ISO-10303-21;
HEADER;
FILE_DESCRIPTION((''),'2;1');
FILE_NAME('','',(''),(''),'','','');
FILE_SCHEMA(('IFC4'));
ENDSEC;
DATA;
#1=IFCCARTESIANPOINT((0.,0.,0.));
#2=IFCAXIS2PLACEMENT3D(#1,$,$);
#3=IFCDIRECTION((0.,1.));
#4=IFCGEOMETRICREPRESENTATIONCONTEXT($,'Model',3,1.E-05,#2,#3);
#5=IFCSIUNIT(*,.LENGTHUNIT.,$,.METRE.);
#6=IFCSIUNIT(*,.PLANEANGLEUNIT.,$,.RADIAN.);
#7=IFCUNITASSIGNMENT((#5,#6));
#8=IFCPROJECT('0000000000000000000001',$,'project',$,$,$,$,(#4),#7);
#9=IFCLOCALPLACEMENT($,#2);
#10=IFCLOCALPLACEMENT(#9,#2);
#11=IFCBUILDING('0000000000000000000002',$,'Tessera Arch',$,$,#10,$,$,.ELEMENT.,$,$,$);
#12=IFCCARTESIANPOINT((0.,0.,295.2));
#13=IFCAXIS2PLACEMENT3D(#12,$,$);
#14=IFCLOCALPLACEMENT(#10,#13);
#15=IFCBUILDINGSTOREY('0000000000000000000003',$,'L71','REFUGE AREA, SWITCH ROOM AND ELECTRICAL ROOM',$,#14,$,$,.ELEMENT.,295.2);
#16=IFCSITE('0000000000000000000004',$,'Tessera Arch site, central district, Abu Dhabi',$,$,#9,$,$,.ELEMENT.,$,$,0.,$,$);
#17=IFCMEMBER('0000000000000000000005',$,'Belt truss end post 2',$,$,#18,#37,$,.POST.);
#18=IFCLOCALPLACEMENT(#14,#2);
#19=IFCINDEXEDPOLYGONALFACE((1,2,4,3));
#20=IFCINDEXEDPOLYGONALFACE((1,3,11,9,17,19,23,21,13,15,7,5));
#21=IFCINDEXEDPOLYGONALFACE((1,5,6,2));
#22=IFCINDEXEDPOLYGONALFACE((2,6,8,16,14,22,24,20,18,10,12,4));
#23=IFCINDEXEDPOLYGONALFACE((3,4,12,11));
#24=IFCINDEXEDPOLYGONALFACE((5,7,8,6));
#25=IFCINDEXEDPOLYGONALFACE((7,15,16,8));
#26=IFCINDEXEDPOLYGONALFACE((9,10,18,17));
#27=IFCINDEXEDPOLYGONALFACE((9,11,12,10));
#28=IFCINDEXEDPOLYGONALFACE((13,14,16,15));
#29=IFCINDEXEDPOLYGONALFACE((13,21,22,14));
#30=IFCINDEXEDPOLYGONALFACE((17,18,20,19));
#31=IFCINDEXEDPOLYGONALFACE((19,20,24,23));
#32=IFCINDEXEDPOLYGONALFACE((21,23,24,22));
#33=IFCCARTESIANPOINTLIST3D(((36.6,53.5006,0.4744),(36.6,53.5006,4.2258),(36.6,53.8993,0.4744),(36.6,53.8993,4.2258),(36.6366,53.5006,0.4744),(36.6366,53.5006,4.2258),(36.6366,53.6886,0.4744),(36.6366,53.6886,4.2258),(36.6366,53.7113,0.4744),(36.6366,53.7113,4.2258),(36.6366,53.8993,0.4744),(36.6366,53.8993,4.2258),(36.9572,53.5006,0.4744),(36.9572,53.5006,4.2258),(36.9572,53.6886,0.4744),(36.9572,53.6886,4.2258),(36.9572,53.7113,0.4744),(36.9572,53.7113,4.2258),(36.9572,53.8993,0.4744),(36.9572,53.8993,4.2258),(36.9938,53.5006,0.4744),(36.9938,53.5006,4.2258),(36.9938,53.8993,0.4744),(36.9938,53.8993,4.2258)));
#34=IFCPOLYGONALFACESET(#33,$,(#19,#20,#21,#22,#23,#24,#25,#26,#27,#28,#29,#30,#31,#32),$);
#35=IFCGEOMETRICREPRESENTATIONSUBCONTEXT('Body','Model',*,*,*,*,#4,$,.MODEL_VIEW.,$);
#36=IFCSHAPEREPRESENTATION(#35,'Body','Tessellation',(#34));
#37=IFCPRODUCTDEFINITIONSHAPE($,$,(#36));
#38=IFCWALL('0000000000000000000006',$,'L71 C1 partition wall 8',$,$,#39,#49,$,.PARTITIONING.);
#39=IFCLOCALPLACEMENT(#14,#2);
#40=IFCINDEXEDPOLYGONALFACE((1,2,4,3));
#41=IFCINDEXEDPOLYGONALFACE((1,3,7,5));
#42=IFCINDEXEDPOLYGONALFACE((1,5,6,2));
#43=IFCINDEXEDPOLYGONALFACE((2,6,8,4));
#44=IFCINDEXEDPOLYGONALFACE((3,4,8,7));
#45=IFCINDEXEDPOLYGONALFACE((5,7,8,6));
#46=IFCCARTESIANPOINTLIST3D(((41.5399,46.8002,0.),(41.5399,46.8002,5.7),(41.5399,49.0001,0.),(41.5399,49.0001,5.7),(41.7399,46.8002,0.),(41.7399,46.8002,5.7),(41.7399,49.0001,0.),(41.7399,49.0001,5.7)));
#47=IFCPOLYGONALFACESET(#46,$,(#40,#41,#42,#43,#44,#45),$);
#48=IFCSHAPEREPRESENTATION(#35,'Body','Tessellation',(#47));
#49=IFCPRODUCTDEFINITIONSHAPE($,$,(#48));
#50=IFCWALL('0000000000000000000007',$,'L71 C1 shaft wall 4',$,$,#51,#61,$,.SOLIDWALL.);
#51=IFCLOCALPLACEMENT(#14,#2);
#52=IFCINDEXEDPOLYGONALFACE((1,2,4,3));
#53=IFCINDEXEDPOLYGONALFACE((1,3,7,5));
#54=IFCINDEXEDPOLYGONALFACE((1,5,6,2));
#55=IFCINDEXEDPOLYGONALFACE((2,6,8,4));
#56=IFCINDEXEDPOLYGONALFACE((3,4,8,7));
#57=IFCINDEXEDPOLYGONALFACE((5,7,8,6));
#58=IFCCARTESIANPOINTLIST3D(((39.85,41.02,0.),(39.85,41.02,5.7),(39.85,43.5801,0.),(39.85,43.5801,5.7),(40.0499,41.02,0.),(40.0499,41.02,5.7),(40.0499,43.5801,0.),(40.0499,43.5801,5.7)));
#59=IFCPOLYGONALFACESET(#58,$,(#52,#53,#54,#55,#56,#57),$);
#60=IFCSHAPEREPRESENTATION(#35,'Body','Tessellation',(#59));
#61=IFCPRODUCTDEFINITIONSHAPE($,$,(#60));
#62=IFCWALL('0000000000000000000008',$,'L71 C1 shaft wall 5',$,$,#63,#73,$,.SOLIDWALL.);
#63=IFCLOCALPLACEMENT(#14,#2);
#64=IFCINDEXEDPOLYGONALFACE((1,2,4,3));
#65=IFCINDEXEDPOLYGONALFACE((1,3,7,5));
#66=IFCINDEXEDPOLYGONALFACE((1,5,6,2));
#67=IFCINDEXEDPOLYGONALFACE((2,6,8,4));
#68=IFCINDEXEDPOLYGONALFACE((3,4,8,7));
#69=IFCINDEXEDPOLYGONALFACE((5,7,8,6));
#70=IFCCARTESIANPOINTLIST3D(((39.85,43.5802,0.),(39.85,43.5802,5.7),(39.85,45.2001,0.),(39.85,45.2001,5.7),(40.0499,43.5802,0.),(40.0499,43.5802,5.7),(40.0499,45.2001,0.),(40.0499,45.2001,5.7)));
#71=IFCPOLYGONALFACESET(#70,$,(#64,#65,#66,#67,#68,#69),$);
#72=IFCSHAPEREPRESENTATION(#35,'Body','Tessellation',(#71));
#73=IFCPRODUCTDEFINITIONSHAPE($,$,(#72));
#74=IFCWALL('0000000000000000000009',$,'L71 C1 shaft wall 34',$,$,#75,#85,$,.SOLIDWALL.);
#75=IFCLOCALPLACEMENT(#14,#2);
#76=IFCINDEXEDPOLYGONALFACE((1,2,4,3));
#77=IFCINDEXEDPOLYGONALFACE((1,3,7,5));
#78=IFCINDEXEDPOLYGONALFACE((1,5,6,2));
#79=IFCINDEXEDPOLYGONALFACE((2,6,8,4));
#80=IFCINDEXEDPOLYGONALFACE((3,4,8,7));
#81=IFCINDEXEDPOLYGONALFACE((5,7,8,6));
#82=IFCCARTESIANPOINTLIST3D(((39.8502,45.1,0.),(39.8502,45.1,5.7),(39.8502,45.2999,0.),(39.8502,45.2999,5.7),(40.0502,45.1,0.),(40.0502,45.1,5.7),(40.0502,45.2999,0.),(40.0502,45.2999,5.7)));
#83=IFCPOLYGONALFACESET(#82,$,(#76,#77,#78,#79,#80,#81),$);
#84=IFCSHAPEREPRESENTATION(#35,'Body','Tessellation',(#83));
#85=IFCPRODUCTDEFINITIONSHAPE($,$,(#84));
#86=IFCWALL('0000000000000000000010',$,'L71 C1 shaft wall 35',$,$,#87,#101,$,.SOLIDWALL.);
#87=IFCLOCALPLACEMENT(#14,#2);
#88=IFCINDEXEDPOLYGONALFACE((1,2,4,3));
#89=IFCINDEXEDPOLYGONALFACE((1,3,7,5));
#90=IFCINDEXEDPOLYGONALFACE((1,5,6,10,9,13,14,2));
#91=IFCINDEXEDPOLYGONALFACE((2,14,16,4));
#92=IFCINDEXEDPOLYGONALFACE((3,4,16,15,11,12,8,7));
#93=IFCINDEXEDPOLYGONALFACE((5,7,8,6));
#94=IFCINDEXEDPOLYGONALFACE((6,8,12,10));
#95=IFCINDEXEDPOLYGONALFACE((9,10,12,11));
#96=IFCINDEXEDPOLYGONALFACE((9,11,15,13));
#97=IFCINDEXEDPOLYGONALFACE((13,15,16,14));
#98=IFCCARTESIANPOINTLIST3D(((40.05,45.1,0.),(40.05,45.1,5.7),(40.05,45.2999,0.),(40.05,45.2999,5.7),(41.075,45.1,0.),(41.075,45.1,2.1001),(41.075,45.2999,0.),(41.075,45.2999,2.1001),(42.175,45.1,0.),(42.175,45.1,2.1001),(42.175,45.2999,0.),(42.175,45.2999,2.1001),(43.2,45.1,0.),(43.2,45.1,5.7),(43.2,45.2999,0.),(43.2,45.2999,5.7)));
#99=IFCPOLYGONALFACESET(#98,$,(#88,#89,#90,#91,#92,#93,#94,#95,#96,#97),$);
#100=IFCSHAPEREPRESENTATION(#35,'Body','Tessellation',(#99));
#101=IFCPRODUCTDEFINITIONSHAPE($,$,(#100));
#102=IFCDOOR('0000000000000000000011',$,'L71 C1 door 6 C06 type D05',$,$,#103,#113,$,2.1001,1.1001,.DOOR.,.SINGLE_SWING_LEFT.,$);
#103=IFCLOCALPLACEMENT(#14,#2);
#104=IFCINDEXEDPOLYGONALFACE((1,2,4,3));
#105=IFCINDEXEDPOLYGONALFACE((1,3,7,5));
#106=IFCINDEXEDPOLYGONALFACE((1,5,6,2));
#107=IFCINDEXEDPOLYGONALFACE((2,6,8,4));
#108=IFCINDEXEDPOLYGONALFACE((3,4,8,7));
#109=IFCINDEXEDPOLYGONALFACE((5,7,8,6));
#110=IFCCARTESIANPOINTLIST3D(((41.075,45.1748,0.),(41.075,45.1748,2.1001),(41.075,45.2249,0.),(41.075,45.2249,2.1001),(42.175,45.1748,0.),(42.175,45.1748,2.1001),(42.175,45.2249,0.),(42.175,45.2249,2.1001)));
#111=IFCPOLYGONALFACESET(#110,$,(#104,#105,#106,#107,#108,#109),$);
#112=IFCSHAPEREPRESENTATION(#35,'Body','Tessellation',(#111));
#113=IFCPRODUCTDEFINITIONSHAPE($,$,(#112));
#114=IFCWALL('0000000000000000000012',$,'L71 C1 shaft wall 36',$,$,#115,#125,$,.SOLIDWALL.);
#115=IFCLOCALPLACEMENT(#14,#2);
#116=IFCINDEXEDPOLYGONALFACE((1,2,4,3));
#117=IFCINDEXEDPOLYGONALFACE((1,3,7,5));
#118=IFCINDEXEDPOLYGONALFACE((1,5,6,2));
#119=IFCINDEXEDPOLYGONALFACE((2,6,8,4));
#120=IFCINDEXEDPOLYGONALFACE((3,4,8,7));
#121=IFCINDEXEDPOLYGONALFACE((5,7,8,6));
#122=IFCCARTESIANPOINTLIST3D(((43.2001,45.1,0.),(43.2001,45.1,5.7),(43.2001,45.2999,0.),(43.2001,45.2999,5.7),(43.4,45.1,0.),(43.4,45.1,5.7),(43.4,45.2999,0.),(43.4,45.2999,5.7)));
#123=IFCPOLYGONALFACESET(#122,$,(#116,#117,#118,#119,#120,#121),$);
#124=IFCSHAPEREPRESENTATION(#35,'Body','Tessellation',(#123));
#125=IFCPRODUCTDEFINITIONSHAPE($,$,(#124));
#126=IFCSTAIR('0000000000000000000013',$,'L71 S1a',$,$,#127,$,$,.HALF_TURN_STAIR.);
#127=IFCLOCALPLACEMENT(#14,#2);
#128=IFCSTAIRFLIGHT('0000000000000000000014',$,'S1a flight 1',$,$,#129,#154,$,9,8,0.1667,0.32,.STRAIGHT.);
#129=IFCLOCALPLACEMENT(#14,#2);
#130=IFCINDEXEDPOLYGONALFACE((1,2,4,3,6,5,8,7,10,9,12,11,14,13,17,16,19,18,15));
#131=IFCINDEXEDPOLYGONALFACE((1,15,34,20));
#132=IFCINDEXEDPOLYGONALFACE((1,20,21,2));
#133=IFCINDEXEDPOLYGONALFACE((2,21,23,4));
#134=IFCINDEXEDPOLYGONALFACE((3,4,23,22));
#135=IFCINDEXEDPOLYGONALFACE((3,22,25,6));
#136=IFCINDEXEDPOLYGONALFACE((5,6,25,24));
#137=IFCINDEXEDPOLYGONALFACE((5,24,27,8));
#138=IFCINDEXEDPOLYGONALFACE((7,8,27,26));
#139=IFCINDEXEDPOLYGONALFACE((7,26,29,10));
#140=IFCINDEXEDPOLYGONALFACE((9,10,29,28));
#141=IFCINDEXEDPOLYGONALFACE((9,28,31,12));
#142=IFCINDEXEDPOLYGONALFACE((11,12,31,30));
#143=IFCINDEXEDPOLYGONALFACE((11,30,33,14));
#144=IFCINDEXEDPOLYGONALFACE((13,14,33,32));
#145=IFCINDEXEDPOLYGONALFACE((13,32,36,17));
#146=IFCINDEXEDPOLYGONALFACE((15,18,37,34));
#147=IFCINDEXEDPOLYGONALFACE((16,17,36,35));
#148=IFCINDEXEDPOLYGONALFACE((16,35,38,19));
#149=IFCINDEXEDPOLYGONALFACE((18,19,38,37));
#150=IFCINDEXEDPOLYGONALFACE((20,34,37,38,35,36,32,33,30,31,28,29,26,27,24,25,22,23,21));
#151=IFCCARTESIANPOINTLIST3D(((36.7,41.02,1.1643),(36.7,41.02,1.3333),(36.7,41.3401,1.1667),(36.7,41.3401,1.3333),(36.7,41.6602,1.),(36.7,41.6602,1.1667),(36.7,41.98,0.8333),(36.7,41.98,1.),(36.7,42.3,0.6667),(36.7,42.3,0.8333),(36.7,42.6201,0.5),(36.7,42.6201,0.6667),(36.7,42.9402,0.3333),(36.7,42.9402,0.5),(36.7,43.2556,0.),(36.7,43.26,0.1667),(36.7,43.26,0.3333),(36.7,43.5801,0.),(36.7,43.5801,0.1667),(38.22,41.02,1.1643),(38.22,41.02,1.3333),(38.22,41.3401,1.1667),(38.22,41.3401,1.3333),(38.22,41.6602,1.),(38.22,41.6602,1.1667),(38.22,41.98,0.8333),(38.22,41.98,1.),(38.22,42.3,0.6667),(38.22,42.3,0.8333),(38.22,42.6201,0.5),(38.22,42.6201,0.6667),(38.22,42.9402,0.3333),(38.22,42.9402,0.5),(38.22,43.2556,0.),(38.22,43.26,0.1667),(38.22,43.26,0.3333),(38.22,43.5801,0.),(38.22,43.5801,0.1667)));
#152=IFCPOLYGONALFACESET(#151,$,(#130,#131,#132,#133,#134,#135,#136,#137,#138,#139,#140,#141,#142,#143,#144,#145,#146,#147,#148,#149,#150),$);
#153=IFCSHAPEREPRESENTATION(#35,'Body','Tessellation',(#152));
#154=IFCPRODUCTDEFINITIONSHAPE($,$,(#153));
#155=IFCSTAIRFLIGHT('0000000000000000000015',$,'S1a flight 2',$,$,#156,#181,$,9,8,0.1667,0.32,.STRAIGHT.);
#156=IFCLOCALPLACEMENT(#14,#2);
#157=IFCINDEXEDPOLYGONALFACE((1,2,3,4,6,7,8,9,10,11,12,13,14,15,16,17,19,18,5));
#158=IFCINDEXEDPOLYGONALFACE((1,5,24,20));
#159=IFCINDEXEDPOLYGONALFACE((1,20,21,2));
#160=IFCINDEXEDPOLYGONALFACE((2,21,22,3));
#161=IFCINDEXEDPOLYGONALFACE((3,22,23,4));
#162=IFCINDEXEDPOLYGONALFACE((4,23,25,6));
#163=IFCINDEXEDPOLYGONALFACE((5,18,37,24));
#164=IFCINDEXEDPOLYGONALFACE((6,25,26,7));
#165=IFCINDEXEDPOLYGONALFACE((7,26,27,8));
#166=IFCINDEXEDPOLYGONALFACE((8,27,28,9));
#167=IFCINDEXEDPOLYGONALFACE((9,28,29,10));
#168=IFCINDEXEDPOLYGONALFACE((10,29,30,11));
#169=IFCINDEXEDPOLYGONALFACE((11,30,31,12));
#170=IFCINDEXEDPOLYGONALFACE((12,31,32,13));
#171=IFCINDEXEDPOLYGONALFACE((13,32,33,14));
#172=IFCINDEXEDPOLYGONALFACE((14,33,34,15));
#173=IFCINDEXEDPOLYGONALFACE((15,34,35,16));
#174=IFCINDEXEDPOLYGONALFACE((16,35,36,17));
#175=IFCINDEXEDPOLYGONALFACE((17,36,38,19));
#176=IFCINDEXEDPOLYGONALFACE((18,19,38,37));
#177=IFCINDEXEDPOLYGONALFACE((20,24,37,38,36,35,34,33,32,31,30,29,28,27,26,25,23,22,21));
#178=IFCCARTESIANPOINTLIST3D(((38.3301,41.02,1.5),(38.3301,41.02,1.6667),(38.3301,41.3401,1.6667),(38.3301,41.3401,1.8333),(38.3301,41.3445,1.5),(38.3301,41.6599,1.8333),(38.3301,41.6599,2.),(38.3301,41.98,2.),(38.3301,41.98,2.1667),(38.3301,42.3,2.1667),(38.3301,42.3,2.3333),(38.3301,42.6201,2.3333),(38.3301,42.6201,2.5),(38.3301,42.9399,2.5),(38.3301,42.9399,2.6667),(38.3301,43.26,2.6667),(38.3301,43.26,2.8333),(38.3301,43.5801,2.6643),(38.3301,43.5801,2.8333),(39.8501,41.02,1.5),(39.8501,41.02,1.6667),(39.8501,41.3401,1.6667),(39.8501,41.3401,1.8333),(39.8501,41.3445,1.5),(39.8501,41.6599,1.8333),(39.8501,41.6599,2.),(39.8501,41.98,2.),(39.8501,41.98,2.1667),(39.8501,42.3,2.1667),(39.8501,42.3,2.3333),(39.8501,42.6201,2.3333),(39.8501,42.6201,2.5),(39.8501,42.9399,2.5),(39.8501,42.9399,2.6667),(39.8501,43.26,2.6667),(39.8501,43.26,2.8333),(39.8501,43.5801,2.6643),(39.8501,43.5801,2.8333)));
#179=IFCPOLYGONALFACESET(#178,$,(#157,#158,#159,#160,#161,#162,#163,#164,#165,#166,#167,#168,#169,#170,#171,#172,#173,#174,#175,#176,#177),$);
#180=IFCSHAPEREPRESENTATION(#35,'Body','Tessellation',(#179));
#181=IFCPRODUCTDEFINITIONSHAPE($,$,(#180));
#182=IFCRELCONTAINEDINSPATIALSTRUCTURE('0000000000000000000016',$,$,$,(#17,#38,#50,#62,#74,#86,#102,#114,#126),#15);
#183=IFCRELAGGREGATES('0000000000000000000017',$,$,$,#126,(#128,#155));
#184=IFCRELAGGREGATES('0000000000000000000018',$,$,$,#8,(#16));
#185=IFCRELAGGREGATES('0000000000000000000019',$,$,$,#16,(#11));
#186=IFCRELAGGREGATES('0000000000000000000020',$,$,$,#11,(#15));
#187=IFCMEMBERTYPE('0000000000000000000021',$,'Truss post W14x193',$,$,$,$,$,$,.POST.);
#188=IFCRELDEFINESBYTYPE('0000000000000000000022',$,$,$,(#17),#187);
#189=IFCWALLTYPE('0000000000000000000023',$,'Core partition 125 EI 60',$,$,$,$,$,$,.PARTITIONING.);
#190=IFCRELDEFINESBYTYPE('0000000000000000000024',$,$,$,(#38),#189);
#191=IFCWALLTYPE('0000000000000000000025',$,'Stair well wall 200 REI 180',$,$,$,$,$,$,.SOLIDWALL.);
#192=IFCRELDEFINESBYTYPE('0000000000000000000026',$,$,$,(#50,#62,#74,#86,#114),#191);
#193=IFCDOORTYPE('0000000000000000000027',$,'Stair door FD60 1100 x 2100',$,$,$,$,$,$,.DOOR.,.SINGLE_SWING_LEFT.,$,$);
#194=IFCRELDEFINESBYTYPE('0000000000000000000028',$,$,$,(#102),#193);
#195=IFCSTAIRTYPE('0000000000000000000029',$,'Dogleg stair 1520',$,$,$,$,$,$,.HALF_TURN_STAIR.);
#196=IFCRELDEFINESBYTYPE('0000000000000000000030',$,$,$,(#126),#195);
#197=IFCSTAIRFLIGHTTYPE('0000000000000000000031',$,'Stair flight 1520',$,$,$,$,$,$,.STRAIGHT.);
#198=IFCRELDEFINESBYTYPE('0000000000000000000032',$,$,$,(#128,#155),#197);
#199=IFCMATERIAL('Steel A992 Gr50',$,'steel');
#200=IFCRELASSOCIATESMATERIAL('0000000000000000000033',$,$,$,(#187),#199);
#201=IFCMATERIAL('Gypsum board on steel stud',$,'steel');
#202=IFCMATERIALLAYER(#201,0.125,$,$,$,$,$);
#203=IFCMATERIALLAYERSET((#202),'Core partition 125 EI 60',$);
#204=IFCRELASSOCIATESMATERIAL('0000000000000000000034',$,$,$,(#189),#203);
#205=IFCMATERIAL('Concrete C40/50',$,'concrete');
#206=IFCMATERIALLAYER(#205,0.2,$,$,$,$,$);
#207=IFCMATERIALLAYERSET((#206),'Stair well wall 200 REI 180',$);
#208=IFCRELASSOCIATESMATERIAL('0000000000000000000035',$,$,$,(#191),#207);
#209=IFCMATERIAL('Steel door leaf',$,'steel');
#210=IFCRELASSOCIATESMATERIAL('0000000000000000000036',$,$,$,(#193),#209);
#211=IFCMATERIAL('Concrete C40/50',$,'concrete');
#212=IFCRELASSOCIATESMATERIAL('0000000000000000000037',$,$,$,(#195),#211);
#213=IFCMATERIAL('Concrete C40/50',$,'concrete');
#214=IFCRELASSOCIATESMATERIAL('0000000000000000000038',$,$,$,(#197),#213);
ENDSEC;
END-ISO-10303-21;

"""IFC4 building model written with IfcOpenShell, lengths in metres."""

from ifc_helpers import new_model, si_unit, direction, frame, frame_2d, origin, origin_2d, place, context, subcontext, project, spatial, polyline, rectangle, i_section, outline, extrude, material, layer, layer_set, material_profile, profile_set, type_object, element, fill, aggregate, save


model = new_model("IFC4")

# Units and contexts
model_context = context("Model", 3, precision=1e-05, world=origin(), true_north=direction((0.0, 1.0)))
body_context = subcontext(model_context, "Body", "Model", "MODEL_VIEW")
ifc_project = project(units=[si_unit("LENGTHUNIT", "METRE"), si_unit("PLANEANGLEUNIT", "RADIAN")], contexts=[model_context])

# Site, building, storey
site_placement = place(None, origin())
site = spatial("IfcSite", under=ifc_project, at=site_placement, Name="Tessera Arch site, central district, Abu Dhabi", CompositionType="ELEMENT", RefElevation=0.0)
building_placement = place(site_placement, origin())
building = spatial("IfcBuilding", under=site, at=building_placement, Name="Tessera Arch", CompositionType="ELEMENT")
storey_placement = place(building_placement, frame((0.0, 0.0, 295.2)))
storey = spatial("IfcBuildingStorey", under=building, at=storey_placement, Name="L71", Description="REFUGE AREA, SWITCH ROOM AND ELECTRICAL ROOM", CompositionType="ELEMENT", Elevation=295.2)

# Member
ifc_material_1 = material(Name="Steel A992 Gr50", Category="steel")
ifc_material_profile = material_profile(ifc_material_1, i_section(OverallWidth=0.3987, OverallDepth=0.3938, WebThickness=0.0227, FlangeThickness=0.0366, at=origin_2d()), Name="W14x193")
ifc_profile_set = profile_set([ifc_material_profile], Name="Steel A992 Gr50")
member_type = type_object("IfcMemberType", Name="Truss post W14x193", PredefinedType="POST", material=ifc_profile_set)
member_placement = place(storey_placement, frame((36.7969, 53.7, 0.4744), z_axis=(0.0, 0.0, 1.0), x_axis=(0.0, 1.0, 0.0)))
element("IfcMember", 1, at=member_placement, inside=storey, type_object=member_type, Name="Belt truss end post 2", PredefinedType="POST", context=body_context, shape_type="SweptSolid", body=[
    extrude(i_section(OverallWidth=0.3987, OverallDepth=0.3938, WebThickness=0.0227, FlangeThickness=0.0366, at=origin_2d()), origin(), (0.0, 0.0, 1.0), 3.7515),
])

# Walls
ifc_material_2 = material(Name="Gypsum board on steel stud", Category="steel")
ifc_layer_1 = layer(ifc_material_2, 0.125)
ifc_layer_set_1 = layer_set([ifc_layer_1], Name="Core partition 125 EI 60")
wall_type_1 = type_object("IfcWallType", Name="Core partition 125 EI 60", PredefinedType="PARTITIONING", material=ifc_layer_set_1)
wall_1_placement = place(storey_placement, frame((41.6399, 46.8, 0.0), z_axis=(0.0, 0.0, 1.0), x_axis=(0.0, 1.0, 0.0)))
element("IfcWall", 2, at=wall_1_placement, inside=storey, type_object=wall_type_1, Name="L71 C1 partition wall 8", PredefinedType="PARTITIONING", context=body_context, shape_type="SweptSolid", body=[
    extrude(rectangle(XDim=2.2, YDim=0.2, at=frame_2d((1.1001, 0.0))), origin(), (0.0, 0.0, 1.0), 5.7),
])
ifc_material_3 = material(Name="Concrete C40/50", Category="concrete")
ifc_layer_2 = layer(ifc_material_3, 0.2)
ifc_layer_set_2 = layer_set([ifc_layer_2], Name="Stair well wall 200 REI 180")
wall_type_2 = type_object("IfcWallType", Name="Stair well wall 200 REI 180", PredefinedType="SOLIDWALL", material=ifc_layer_set_2)
wall_2_placement = place(storey_placement, frame((39.95, 41.02, 0.0), z_axis=(0.0, 0.0, 1.0), x_axis=(0.0, 1.0, 0.0)))
element("IfcWall", 3, at=wall_2_placement, inside=storey, type_object=wall_type_2, Name="L71 C1 shaft wall 4", PredefinedType="SOLIDWALL", context=body_context, shape_type="SweptSolid", body=[
    extrude(rectangle(XDim=2.5601, YDim=0.2, at=frame_2d((1.28, 0.0))), origin(), (0.0, 0.0, 1.0), 5.7),
])
wall_3_placement = place(storey_placement, frame((39.95, 43.5801, 0.0), z_axis=(0.0, 0.0, 1.0), x_axis=(0.0, 1.0, 0.0)))
element("IfcWall", 4, at=wall_3_placement, inside=storey, type_object=wall_type_2, Name="L71 C1 shaft wall 5", PredefinedType="SOLIDWALL", context=body_context, shape_type="SweptSolid", body=[
    extrude(rectangle(XDim=1.6199, YDim=0.2, at=frame_2d((0.8101, 0.0))), origin(), (0.0, 0.0, 1.0), 5.7),
])
wall_4_placement = place(storey_placement, frame((39.8501, 45.2, 0.0), z_axis=(0.0, 0.0, 1.0), x_axis=(1.0, 0.0, 0.0)))
element("IfcWall", 5, at=wall_4_placement, inside=storey, type_object=wall_type_2, Name="L71 C1 shaft wall 34", PredefinedType="SOLIDWALL", context=body_context, shape_type="SweptSolid", body=[
    extrude(rectangle(XDim=0.2, YDim=0.2, at=frame_2d((0.1001, 0.0))), origin(), (0.0, 0.0, 1.0), 5.7),
])

# Wall, opening, door
wall_5_placement = place(storey_placement, frame((40.05, 45.2, 0.0), z_axis=(0.0, 0.0, 1.0), x_axis=(1.0, 0.0, 0.0)))
wall_5 = element("IfcWall", 6, at=wall_5_placement, inside=storey, type_object=wall_type_2, Name="L71 C1 shaft wall 35", PredefinedType="SOLIDWALL", context=body_context, shape_type="SweptSolid", body=[
    extrude(rectangle(XDim=3.1499, YDim=0.2, at=frame_2d((1.575, 0.0))), origin(), (0.0, 0.0, 1.0), 5.7),
])
opening_placement = place(wall_5_placement, frame((1.0249, 0.0, 0.0)))
opening = element("IfcOpeningElement", 7, at=opening_placement, cuts=wall_5, PredefinedType="OPENING", context=body_context, shape_type="SweptSolid", body=[
    extrude(rectangle(XDim=1.1001, YDim=2.1001, at=frame_2d((0.55, 1.05))), frame((0.0, 0.1099, 0.0), z_axis=(0.0, -1.0, 0.0), x_axis=(1.0, 0.0, 0.0)), (0.0, 0.0, 1.0), 0.22),
])
ifc_material_4 = material(Name="Steel door leaf", Category="steel")
door_type = type_object("IfcDoorType", Name="Stair door FD60 1100 x 2100", OperationType="SINGLE_SWING_LEFT", PredefinedType="DOOR", material=ifc_material_4)
door_placement = place(opening_placement, origin())
door = element("IfcDoor", 8, at=door_placement, inside=storey, type_object=door_type, Name="L71 C1 door 6 C06 type D05", OperationType="SINGLE_SWING_LEFT", OverallHeight=2.1001, OverallWidth=1.1001, PredefinedType="DOOR", context=body_context, shape_type="SweptSolid", body=[
    extrude(rectangle(XDim=1.1001, YDim=2.1001, at=frame_2d((0.55, 1.05))), frame((0.0, 0.0249, 0.0), z_axis=(0.0, -1.0, 0.0), x_axis=(1.0, 0.0, 0.0)), (0.0, 0.0, 1.0), 0.05),
])
fill(opening, door)

# Wall
wall_6_placement = place(storey_placement, frame((43.2, 45.2, 0.0), z_axis=(0.0, 0.0, 1.0), x_axis=(1.0, 0.0, 0.0)))
element("IfcWall", 9, at=wall_6_placement, inside=storey, type_object=wall_type_2, Name="L71 C1 shaft wall 36", PredefinedType="SOLIDWALL", context=body_context, shape_type="SweptSolid", body=[
    extrude(rectangle(XDim=0.2, YDim=0.2, at=frame_2d((0.1001, 0.0))), origin(), (0.0, 0.0, 1.0), 5.7),
])

# Stair, stair flights
ifc_material_5 = material(Name="Concrete C40/50", Category="concrete")
stair_type = type_object("IfcStairType", Name="Dogleg stair 1520", PredefinedType="HALF_TURN_STAIR", material=ifc_material_5)
stair_1_placement = place(storey_placement, origin())
stair_1 = element("IfcStair", 10, at=stair_1_placement, inside=storey, type_object=stair_type, Name="L71 S1a", PredefinedType="HALF_TURN_STAIR")
ifc_material_6 = material(Name="Concrete C40/50", Category="concrete")
stair_flight_type = type_object("IfcStairFlightType", Name="Stair flight 1520", PredefinedType="STRAIGHT", material=ifc_material_6)
stair_flight_1_placement = place(storey_placement, frame((37.46, 43.5801, 0.0), z_axis=(0.0, 0.0, 1.0), x_axis=(0.0, -1.0, 0.0)))
stair_flight_1 = element("IfcStairFlight", 11, at=stair_flight_1_placement, type_object=stair_flight_type, Name="S1a flight 1", NumberOfRisers=9, NumberOfTreads=8, PredefinedType="STRAIGHT", RiserHeight=0.1667, TreadLength=0.32, context=body_context, shape_type="SweptSolid", body=[
    extrude(outline(polyline([(0.0, 0.0), (0.0, 0.1667), (0.3201, 0.1667), (0.3201, 0.3333), (0.6399, 0.3333), (0.6399, 0.5), (0.96, 0.5), (0.96, 0.6667), (1.28, 0.6667), (1.28, 0.8333), (1.6001, 0.8333), (1.6001, 1.0), (1.9199, 1.0), (1.9199, 1.1667), (2.24, 1.1667), (2.24, 1.3333), (2.5601, 1.3333), (2.5601, 1.5), (2.5601, 1.1643), (0.3245, 0.0), (0.0, 0.0)])), frame((0.0, 0.76, 0.0), z_axis=(0.0, -1.0, 0.0), x_axis=(1.0, 0.0, 0.0)), (0.0, 0.0, 1.0), 1.52),
])
stair_flight_2_placement = place(storey_placement, frame((39.0901, 41.02, 1.5), z_axis=(0.0, 0.0, 1.0), x_axis=(0.0, 1.0, 0.0)))
stair_flight_2 = element("IfcStairFlight", 12, at=stair_flight_2_placement, type_object=stair_flight_type, Name="S1a flight 2", NumberOfRisers=9, NumberOfTreads=8, PredefinedType="STRAIGHT", RiserHeight=0.1667, TreadLength=0.32, context=body_context, shape_type="SweptSolid", body=[
    extrude(outline(polyline([(0.0, 0.0), (0.0, 0.1667), (0.3201, 0.1667), (0.3201, 0.3333), (0.6399, 0.3333), (0.6399, 0.5), (0.96, 0.5), (0.96, 0.6667), (1.28, 0.6667), (1.28, 0.8333), (1.6001, 0.8333), (1.6001, 1.0), (1.9199, 1.0), (1.9199, 1.1667), (2.24, 1.1667), (2.24, 1.3333), (2.5601, 1.3333), (2.5601, 1.5), (2.5601, 1.1643), (0.3245, 0.0), (0.0, 0.0)])), frame((0.0, 0.76, 0.0), z_axis=(0.0, -1.0, 0.0), x_axis=(1.0, 0.0, 0.0)), (0.0, 0.0, 1.0), 1.52),
])
aggregate(stair_1, [stair_flight_1, stair_flight_2])

save(model, "model.ifc")
